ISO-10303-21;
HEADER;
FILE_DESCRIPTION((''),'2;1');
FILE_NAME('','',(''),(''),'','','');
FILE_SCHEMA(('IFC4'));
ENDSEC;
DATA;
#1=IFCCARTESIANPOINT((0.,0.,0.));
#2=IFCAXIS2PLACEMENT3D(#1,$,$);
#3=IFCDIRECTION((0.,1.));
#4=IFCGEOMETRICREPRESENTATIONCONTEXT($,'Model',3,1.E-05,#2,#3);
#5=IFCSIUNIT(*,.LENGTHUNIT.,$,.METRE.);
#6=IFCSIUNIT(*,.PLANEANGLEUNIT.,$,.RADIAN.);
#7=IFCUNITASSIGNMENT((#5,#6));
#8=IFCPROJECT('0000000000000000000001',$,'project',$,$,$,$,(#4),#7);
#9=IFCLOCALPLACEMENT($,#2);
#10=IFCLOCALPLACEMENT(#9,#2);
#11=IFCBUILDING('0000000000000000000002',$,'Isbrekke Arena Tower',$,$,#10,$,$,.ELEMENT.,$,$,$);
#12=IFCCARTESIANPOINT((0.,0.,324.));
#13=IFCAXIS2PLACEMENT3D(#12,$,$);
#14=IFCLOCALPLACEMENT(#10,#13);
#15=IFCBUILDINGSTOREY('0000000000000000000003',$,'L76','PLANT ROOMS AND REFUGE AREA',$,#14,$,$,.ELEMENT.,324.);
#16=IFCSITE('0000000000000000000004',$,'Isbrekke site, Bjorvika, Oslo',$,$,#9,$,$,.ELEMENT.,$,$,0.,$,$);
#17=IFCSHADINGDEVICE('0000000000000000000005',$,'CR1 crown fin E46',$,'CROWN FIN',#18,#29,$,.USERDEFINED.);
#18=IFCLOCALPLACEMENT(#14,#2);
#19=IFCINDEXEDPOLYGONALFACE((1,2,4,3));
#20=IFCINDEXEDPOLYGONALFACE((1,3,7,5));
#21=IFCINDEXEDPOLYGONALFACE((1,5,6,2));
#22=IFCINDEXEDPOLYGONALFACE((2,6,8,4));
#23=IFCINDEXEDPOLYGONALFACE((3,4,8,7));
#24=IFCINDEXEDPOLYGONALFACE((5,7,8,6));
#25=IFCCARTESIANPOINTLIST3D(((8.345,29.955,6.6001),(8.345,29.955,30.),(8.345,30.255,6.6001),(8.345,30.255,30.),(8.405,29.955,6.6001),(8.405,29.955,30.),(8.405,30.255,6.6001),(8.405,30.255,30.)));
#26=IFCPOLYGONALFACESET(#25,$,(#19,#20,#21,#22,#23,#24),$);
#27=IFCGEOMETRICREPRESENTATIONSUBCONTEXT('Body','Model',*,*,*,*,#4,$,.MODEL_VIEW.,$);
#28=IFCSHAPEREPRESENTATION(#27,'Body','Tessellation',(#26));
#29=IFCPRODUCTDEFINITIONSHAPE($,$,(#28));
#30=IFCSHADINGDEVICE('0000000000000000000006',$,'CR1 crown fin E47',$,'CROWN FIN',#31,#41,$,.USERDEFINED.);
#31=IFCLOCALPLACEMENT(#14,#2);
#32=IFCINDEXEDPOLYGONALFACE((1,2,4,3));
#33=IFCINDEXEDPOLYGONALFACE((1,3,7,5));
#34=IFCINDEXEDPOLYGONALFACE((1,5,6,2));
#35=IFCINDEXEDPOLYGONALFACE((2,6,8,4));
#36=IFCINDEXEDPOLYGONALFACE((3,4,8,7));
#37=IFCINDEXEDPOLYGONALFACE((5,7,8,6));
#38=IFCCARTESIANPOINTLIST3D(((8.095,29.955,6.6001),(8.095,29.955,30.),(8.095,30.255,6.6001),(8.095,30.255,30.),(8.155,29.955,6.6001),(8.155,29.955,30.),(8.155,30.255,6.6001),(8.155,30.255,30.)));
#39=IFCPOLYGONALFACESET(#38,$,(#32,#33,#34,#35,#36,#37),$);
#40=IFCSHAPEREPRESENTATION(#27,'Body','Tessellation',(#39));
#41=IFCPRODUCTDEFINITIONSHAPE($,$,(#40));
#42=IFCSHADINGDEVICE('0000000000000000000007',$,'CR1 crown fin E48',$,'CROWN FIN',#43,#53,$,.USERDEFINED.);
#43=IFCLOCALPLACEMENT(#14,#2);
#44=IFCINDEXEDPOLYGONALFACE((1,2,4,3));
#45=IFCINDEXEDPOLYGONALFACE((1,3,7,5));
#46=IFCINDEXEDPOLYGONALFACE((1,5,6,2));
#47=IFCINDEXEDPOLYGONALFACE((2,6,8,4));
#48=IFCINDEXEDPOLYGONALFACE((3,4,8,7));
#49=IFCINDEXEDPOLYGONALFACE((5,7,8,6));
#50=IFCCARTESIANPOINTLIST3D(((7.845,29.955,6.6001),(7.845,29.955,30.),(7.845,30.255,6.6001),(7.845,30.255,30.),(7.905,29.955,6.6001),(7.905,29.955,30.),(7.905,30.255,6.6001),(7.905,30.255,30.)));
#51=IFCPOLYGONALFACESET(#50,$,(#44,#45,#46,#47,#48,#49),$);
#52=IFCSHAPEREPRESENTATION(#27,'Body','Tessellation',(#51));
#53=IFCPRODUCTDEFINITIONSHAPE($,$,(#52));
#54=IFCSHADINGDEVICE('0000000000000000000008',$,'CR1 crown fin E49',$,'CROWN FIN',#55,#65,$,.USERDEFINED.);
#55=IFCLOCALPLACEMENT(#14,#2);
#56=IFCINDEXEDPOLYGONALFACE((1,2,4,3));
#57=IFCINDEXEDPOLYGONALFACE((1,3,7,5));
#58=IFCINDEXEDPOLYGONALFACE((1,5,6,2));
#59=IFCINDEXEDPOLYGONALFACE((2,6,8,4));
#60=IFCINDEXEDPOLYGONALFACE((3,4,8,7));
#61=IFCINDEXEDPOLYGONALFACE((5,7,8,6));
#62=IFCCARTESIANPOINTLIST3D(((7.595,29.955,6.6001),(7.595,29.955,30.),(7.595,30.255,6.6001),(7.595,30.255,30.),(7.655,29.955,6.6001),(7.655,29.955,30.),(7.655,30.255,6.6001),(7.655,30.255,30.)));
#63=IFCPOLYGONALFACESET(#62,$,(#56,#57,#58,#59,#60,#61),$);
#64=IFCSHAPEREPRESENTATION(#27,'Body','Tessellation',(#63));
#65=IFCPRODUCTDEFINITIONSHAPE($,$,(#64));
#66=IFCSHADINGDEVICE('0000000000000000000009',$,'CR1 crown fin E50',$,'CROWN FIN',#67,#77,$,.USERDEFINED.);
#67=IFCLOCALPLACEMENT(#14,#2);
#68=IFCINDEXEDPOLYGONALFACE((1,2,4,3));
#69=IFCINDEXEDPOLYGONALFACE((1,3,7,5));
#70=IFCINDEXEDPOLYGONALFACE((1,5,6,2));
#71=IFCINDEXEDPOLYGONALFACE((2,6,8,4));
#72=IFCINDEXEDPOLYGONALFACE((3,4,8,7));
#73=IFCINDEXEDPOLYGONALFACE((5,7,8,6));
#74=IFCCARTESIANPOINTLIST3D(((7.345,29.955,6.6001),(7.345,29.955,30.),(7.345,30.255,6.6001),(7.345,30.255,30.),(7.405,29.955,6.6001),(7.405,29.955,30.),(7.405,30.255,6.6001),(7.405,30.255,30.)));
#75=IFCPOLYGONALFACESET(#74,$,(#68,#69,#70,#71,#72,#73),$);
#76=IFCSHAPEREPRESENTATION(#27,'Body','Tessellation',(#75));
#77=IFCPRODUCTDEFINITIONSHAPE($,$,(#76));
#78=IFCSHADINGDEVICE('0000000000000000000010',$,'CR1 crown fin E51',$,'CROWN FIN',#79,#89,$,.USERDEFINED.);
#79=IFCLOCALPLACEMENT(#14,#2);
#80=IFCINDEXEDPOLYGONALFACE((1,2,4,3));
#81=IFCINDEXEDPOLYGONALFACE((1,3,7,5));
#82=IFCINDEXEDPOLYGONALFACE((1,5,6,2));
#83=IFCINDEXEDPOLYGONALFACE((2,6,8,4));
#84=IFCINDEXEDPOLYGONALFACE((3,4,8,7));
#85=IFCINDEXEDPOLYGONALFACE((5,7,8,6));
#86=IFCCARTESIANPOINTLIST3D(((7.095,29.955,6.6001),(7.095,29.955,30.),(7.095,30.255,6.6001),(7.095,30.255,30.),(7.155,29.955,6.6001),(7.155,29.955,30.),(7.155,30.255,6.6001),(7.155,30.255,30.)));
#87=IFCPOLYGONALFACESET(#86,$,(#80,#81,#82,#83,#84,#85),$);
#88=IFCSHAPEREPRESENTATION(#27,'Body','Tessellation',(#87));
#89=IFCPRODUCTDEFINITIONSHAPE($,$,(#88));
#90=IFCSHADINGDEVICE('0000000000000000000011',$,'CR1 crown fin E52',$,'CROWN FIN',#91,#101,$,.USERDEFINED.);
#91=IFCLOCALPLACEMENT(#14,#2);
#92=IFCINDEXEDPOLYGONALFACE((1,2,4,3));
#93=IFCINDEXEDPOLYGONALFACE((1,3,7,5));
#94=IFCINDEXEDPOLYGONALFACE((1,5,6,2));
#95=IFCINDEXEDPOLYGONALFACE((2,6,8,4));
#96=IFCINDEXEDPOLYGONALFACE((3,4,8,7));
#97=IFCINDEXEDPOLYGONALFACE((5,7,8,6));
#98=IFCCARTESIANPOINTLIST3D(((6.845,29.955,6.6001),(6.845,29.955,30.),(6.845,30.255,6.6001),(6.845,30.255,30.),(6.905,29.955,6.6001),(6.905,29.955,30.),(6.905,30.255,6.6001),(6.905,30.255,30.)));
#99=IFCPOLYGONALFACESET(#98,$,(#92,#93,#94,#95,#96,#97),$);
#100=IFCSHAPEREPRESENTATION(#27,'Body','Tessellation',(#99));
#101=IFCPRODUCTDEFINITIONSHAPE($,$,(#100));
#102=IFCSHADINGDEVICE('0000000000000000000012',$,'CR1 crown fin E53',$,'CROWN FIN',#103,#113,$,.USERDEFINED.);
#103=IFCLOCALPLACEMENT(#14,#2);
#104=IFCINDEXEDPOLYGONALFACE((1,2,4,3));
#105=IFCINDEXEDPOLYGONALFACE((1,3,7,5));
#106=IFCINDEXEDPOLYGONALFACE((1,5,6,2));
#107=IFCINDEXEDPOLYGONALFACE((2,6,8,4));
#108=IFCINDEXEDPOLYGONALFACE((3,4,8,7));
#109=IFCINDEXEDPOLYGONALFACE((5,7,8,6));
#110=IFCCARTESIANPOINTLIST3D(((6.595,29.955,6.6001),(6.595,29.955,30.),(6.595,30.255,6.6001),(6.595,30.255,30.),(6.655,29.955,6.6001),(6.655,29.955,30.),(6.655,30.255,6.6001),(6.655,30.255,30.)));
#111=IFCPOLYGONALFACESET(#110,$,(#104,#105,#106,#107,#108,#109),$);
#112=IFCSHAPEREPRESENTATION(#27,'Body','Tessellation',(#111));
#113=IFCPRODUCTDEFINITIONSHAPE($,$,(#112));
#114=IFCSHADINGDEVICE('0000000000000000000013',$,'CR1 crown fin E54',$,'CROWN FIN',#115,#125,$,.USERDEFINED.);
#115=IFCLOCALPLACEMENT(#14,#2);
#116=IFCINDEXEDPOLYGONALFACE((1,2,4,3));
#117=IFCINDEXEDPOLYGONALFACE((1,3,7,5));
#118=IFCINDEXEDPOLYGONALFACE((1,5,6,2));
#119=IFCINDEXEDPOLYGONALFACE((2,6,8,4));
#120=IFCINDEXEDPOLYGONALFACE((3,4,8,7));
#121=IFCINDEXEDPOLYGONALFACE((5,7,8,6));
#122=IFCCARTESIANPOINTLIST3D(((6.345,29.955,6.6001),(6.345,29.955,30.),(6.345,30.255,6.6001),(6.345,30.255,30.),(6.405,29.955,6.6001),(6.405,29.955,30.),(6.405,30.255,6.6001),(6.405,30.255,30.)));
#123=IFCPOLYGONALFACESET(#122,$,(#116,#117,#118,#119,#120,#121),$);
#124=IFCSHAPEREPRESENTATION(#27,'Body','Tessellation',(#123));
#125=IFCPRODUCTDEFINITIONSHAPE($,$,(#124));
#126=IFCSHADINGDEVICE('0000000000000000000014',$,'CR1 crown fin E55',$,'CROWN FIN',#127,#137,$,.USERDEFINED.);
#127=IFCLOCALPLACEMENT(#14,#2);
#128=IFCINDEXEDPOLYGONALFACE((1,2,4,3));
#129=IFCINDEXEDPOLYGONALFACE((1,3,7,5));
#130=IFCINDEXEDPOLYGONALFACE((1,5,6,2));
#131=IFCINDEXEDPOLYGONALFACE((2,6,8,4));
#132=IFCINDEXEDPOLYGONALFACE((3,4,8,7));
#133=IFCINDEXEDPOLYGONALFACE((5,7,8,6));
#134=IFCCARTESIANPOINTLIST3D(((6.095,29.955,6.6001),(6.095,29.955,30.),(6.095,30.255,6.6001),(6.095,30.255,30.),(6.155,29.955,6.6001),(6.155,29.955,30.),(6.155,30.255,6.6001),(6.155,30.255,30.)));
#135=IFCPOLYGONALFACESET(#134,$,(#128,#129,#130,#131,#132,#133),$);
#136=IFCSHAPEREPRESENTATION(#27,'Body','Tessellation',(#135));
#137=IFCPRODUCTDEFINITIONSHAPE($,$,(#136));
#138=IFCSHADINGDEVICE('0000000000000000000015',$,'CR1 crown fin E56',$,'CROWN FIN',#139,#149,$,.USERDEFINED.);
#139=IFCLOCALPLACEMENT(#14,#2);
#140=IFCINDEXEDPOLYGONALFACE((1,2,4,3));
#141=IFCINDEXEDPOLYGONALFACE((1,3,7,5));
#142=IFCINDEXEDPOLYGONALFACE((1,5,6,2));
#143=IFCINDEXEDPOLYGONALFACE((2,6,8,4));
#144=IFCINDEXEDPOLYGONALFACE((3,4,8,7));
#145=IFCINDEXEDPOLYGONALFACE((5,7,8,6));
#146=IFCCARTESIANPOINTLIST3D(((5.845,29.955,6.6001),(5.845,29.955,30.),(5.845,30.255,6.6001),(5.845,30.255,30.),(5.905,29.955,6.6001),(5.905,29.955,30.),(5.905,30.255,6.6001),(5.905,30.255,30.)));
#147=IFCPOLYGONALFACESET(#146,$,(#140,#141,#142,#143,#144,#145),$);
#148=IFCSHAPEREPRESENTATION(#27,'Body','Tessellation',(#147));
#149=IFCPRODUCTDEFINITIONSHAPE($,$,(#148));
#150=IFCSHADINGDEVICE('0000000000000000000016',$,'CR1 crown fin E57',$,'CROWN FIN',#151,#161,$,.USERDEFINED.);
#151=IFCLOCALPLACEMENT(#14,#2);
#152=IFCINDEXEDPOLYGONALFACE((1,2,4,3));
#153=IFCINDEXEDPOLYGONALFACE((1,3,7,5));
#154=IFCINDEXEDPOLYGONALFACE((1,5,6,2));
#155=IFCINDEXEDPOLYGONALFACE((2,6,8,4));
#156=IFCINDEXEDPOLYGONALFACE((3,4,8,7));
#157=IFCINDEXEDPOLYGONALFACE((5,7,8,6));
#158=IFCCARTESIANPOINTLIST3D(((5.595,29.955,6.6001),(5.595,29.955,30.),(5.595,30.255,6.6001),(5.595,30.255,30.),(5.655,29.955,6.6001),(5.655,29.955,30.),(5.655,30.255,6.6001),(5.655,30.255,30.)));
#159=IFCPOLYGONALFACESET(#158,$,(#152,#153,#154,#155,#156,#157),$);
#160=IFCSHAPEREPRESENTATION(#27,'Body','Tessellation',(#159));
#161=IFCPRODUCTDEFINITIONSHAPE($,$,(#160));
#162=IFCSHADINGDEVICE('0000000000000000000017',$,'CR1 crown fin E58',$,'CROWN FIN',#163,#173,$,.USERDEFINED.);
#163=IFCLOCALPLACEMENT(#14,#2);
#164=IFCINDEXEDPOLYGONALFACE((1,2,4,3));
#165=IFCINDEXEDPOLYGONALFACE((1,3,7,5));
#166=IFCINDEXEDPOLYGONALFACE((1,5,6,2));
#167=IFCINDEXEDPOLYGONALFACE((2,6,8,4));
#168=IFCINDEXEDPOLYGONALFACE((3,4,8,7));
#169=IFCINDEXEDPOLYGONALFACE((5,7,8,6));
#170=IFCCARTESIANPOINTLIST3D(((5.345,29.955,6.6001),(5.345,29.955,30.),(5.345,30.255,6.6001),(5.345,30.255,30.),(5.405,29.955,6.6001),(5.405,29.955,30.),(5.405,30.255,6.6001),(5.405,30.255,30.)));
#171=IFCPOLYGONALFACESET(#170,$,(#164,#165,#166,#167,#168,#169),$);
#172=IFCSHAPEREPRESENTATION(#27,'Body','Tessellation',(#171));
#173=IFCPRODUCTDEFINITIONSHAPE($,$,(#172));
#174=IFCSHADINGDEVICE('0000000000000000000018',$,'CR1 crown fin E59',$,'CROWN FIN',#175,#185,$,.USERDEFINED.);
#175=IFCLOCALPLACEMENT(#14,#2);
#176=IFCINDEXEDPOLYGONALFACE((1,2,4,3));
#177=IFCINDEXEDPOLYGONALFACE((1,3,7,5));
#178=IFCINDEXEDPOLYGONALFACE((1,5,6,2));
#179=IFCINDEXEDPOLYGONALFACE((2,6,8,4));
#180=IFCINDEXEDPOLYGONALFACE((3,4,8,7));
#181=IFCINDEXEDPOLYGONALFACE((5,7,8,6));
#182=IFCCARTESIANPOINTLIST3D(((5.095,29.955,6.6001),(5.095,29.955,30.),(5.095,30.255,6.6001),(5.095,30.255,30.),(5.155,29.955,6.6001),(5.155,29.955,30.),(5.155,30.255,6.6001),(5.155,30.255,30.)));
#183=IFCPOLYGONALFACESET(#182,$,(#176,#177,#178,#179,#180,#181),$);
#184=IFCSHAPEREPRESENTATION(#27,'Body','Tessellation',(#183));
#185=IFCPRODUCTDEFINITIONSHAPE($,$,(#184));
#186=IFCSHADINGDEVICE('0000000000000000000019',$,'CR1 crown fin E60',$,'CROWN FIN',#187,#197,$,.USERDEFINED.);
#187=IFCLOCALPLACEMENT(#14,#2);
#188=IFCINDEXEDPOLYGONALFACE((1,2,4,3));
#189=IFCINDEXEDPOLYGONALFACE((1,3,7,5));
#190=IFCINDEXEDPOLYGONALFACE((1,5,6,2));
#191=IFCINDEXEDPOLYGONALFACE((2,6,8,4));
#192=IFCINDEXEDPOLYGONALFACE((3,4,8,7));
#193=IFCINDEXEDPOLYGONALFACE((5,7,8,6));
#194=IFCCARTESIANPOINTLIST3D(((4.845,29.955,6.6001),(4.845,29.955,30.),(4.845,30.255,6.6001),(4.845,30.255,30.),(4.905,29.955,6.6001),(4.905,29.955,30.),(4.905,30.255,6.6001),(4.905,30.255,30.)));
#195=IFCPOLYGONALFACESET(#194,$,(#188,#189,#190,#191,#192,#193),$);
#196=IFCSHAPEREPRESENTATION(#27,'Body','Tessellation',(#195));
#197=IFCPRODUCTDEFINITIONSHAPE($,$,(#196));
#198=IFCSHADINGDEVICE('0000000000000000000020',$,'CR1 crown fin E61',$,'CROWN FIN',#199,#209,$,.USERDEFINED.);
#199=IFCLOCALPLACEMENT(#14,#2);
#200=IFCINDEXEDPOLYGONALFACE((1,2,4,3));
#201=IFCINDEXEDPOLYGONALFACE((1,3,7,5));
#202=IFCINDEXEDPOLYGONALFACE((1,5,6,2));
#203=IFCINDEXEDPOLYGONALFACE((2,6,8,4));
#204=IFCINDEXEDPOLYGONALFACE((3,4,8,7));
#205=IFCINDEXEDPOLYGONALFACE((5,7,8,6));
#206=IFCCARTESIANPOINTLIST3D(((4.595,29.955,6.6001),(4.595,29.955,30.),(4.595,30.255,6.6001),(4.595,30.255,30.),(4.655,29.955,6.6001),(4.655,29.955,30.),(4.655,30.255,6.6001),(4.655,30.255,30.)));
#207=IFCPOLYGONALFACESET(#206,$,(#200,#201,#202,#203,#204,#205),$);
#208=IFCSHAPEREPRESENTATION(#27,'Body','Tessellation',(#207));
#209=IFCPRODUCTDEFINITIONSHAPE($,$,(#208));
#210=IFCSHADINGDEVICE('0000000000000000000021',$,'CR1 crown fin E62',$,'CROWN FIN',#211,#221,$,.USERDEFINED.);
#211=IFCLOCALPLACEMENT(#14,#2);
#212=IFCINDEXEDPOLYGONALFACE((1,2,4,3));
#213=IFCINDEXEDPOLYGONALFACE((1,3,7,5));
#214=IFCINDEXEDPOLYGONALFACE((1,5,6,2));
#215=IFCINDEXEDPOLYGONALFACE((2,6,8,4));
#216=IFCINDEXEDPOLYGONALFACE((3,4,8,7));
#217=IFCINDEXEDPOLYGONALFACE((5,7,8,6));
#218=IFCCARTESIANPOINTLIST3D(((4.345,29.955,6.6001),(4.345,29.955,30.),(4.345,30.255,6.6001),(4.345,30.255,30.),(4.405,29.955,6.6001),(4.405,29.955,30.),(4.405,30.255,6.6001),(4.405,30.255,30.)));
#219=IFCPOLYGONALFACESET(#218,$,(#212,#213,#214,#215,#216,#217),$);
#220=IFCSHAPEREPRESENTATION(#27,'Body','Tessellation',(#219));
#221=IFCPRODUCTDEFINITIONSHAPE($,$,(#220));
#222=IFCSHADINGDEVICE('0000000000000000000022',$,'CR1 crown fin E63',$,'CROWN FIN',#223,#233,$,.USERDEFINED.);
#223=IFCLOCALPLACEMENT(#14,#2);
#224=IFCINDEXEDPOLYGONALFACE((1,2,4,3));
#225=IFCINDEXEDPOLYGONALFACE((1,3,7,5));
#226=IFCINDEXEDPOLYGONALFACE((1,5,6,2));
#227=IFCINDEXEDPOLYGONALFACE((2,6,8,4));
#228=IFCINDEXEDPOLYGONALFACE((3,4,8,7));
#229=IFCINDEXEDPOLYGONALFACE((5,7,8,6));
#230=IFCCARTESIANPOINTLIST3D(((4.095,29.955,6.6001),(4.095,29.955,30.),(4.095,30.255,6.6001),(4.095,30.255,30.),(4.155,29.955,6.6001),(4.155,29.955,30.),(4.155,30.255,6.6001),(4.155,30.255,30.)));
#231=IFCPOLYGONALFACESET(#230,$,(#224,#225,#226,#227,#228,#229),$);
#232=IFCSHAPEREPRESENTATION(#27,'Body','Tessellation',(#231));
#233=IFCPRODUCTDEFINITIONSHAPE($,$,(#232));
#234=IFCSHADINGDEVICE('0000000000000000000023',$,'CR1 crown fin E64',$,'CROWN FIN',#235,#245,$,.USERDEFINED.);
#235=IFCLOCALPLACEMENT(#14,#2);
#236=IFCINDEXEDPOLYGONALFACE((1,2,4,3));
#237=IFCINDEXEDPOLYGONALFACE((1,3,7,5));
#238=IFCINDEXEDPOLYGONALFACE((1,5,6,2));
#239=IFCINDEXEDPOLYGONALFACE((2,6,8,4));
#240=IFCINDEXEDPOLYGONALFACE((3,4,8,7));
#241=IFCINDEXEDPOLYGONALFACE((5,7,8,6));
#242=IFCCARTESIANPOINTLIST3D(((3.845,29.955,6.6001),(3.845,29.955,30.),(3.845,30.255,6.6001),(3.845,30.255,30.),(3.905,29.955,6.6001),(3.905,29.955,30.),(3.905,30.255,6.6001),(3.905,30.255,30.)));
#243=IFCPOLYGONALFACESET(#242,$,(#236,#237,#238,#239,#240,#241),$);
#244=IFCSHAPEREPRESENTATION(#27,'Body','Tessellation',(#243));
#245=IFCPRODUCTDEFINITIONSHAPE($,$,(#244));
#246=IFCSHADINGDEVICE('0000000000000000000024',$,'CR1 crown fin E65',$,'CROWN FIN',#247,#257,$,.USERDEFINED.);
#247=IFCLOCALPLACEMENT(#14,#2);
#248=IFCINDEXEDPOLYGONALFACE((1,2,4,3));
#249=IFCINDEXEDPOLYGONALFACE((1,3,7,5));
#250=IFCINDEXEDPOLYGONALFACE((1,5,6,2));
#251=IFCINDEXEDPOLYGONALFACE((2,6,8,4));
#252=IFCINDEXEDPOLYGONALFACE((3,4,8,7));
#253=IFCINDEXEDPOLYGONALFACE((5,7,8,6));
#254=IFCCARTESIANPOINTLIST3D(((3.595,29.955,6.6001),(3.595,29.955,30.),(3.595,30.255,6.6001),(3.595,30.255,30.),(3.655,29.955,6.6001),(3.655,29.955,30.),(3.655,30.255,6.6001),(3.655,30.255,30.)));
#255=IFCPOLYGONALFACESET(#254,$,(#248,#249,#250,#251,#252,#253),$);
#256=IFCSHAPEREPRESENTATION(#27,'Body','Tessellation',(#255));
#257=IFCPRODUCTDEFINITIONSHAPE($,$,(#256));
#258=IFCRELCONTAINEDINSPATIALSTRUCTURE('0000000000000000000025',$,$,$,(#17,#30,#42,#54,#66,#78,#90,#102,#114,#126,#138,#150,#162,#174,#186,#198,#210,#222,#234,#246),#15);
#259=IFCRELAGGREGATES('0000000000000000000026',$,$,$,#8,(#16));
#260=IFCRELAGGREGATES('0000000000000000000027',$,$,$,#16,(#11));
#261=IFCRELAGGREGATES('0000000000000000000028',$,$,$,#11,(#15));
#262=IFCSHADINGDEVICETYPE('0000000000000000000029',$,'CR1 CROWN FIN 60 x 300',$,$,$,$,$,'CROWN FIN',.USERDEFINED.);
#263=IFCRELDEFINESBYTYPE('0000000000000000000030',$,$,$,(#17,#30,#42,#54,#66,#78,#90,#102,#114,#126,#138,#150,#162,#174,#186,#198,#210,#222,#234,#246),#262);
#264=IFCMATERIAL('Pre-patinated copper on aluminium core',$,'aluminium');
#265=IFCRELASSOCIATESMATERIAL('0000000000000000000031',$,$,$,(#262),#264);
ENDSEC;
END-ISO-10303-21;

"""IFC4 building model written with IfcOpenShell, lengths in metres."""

from ifc_helpers import new_model, si_unit, direction, frame, origin, origin_2d, place, context, subcontext, project, spatial, rectangle, extrude, material, material_profile, profile_set, type_object, element, save


model = new_model("IFC4")

# Units and contexts
model_context = context("Model", 3, precision=1e-05, world=origin(), true_north=direction((0.0, 1.0)))
body_context = subcontext(model_context, "Body", "Model", "MODEL_VIEW")
ifc_project = project(units=[si_unit("LENGTHUNIT", "METRE"), si_unit("PLANEANGLEUNIT", "RADIAN")], contexts=[model_context])

# Site, building, storey
site_placement = place(None, origin())
site = spatial("IfcSite", under=ifc_project, at=site_placement, Name="Isbrekke site, Bjorvika, Oslo", CompositionType="ELEMENT", RefElevation=0.0)
building_placement = place(site_placement, origin())
building = spatial("IfcBuilding", under=site, at=building_placement, Name="Isbrekke Arena Tower", CompositionType="ELEMENT")
storey_placement = place(building_placement, frame((0.0, 0.0, 324.0)))
storey = spatial("IfcBuildingStorey", under=building, at=storey_placement, Name="L76", Description="PLANT ROOMS AND REFUGE AREA", CompositionType="ELEMENT", Elevation=324.0)

# Shading devices
ifc_material = material(Name="Pre-patinated copper on aluminium core", Category="aluminium")
ifc_material_profile = material_profile(ifc_material, rectangle(XDim=0.0601, YDim=0.3, at=origin_2d()), Name="FIN 60X300")
ifc_profile_set = profile_set([ifc_material_profile], Name="Pre-patinated copper on aluminium core")
shading_device_type = type_object("IfcShadingDeviceType", Name="CR1 CROWN FIN 60 x 300", ElementType="CROWN FIN", PredefinedType="USERDEFINED", material=ifc_profile_set)
for number, where, z_axis, x_axis, name in (
    (1, (8.375, 30.105, 6.6001), (0.0, 0.0, 1.0), (-1.0, 0.0, 0.0), "CR1 crown fin E46"),
    (2, (8.125, 30.105, 6.6001), (0.0, 0.0, 1.0), (-1.0, 0.0, 0.0), "CR1 crown fin E47"),
    (3, (7.875, 30.105, 6.6001), (0.0, 0.0, 1.0), (-1.0, 0.0, 0.0), "CR1 crown fin E48"),
    (4, (7.625, 30.105, 6.6001), (0.0, 0.0, 1.0), (-1.0, 0.0, 0.0), "CR1 crown fin E49"),
    (5, (7.375, 30.105, 6.6001), (0.0, 0.0, 1.0), (-1.0, 0.0, 0.0), "CR1 crown fin E50"),
    (6, (7.125, 30.105, 6.6001), (0.0, 0.0, 1.0), (-1.0, 0.0, 0.0), "CR1 crown fin E51"),
    (7, (6.875, 30.105, 6.6001), (0.0, 0.0, 1.0), (-1.0, 0.0, 0.0), "CR1 crown fin E52"),
    (8, (6.625, 30.105, 6.6001), (0.0, 0.0, 1.0), (-1.0, 0.0, 0.0), "CR1 crown fin E53"),
    (9, (6.375, 30.105, 6.6001), (0.0, 0.0, 1.0), (-1.0, 0.0, 0.0), "CR1 crown fin E54"),
    (10, (6.125, 30.105, 6.6001), (0.0, 0.0, 1.0), (-1.0, 0.0, 0.0), "CR1 crown fin E55"),
    (11, (5.875, 30.105, 6.6001), (0.0, 0.0, 1.0), (-1.0, 0.0, 0.0), "CR1 crown fin E56"),
    (12, (5.625, 30.105, 6.6001), (0.0, 0.0, 1.0), (-1.0, 0.0, 0.0), "CR1 crown fin E57"),
    (13, (5.375, 30.105, 6.6001), (0.0, 0.0, 1.0), (-1.0, 0.0, 0.0), "CR1 crown fin E58"),
    (14, (5.125, 30.105, 6.6001), (0.0, 0.0, 1.0), (-1.0, 0.0, 0.0), "CR1 crown fin E59"),
    (15, (4.875, 30.105, 6.6001), (0.0, 0.0, 1.0), (-1.0, 0.0, 0.0), "CR1 crown fin E60"),
    (16, (4.625, 30.105, 6.6001), (0.0, 0.0, 1.0), (-1.0, 0.0, 0.0), "CR1 crown fin E61"),
    (17, (4.375, 30.105, 6.6001), (0.0, 0.0, 1.0), (-1.0, 0.0, 0.0), "CR1 crown fin E62"),
    (18, (4.125, 30.105, 6.6001), (0.0, 0.0, 1.0), (-1.0, 0.0, 0.0), "CR1 crown fin E63"),
    (19, (3.875, 30.105, 6.6001), (0.0, 0.0, 1.0), (-1.0, 0.0, 0.0), "CR1 crown fin E64"),
    (20, (3.625, 30.105, 6.6001), (0.0, 0.0, 1.0), (-1.0, 0.0, 0.0), "CR1 crown fin E65"),
):
    element("IfcShadingDevice", number, at=place(storey_placement, frame(where, z_axis=z_axis, x_axis=x_axis)), inside=storey, type_object=shading_device_type, Name=name, ObjectType="CROWN FIN", PredefinedType="USERDEFINED", context=body_context, shape_type="SweptSolid", body=[
        extrude(rectangle(XDim=0.0601, YDim=0.3, at=origin_2d()), origin(), (0.0, 0.0, 1.0), 23.3999),
    ])

save(model, "model.ifc")
